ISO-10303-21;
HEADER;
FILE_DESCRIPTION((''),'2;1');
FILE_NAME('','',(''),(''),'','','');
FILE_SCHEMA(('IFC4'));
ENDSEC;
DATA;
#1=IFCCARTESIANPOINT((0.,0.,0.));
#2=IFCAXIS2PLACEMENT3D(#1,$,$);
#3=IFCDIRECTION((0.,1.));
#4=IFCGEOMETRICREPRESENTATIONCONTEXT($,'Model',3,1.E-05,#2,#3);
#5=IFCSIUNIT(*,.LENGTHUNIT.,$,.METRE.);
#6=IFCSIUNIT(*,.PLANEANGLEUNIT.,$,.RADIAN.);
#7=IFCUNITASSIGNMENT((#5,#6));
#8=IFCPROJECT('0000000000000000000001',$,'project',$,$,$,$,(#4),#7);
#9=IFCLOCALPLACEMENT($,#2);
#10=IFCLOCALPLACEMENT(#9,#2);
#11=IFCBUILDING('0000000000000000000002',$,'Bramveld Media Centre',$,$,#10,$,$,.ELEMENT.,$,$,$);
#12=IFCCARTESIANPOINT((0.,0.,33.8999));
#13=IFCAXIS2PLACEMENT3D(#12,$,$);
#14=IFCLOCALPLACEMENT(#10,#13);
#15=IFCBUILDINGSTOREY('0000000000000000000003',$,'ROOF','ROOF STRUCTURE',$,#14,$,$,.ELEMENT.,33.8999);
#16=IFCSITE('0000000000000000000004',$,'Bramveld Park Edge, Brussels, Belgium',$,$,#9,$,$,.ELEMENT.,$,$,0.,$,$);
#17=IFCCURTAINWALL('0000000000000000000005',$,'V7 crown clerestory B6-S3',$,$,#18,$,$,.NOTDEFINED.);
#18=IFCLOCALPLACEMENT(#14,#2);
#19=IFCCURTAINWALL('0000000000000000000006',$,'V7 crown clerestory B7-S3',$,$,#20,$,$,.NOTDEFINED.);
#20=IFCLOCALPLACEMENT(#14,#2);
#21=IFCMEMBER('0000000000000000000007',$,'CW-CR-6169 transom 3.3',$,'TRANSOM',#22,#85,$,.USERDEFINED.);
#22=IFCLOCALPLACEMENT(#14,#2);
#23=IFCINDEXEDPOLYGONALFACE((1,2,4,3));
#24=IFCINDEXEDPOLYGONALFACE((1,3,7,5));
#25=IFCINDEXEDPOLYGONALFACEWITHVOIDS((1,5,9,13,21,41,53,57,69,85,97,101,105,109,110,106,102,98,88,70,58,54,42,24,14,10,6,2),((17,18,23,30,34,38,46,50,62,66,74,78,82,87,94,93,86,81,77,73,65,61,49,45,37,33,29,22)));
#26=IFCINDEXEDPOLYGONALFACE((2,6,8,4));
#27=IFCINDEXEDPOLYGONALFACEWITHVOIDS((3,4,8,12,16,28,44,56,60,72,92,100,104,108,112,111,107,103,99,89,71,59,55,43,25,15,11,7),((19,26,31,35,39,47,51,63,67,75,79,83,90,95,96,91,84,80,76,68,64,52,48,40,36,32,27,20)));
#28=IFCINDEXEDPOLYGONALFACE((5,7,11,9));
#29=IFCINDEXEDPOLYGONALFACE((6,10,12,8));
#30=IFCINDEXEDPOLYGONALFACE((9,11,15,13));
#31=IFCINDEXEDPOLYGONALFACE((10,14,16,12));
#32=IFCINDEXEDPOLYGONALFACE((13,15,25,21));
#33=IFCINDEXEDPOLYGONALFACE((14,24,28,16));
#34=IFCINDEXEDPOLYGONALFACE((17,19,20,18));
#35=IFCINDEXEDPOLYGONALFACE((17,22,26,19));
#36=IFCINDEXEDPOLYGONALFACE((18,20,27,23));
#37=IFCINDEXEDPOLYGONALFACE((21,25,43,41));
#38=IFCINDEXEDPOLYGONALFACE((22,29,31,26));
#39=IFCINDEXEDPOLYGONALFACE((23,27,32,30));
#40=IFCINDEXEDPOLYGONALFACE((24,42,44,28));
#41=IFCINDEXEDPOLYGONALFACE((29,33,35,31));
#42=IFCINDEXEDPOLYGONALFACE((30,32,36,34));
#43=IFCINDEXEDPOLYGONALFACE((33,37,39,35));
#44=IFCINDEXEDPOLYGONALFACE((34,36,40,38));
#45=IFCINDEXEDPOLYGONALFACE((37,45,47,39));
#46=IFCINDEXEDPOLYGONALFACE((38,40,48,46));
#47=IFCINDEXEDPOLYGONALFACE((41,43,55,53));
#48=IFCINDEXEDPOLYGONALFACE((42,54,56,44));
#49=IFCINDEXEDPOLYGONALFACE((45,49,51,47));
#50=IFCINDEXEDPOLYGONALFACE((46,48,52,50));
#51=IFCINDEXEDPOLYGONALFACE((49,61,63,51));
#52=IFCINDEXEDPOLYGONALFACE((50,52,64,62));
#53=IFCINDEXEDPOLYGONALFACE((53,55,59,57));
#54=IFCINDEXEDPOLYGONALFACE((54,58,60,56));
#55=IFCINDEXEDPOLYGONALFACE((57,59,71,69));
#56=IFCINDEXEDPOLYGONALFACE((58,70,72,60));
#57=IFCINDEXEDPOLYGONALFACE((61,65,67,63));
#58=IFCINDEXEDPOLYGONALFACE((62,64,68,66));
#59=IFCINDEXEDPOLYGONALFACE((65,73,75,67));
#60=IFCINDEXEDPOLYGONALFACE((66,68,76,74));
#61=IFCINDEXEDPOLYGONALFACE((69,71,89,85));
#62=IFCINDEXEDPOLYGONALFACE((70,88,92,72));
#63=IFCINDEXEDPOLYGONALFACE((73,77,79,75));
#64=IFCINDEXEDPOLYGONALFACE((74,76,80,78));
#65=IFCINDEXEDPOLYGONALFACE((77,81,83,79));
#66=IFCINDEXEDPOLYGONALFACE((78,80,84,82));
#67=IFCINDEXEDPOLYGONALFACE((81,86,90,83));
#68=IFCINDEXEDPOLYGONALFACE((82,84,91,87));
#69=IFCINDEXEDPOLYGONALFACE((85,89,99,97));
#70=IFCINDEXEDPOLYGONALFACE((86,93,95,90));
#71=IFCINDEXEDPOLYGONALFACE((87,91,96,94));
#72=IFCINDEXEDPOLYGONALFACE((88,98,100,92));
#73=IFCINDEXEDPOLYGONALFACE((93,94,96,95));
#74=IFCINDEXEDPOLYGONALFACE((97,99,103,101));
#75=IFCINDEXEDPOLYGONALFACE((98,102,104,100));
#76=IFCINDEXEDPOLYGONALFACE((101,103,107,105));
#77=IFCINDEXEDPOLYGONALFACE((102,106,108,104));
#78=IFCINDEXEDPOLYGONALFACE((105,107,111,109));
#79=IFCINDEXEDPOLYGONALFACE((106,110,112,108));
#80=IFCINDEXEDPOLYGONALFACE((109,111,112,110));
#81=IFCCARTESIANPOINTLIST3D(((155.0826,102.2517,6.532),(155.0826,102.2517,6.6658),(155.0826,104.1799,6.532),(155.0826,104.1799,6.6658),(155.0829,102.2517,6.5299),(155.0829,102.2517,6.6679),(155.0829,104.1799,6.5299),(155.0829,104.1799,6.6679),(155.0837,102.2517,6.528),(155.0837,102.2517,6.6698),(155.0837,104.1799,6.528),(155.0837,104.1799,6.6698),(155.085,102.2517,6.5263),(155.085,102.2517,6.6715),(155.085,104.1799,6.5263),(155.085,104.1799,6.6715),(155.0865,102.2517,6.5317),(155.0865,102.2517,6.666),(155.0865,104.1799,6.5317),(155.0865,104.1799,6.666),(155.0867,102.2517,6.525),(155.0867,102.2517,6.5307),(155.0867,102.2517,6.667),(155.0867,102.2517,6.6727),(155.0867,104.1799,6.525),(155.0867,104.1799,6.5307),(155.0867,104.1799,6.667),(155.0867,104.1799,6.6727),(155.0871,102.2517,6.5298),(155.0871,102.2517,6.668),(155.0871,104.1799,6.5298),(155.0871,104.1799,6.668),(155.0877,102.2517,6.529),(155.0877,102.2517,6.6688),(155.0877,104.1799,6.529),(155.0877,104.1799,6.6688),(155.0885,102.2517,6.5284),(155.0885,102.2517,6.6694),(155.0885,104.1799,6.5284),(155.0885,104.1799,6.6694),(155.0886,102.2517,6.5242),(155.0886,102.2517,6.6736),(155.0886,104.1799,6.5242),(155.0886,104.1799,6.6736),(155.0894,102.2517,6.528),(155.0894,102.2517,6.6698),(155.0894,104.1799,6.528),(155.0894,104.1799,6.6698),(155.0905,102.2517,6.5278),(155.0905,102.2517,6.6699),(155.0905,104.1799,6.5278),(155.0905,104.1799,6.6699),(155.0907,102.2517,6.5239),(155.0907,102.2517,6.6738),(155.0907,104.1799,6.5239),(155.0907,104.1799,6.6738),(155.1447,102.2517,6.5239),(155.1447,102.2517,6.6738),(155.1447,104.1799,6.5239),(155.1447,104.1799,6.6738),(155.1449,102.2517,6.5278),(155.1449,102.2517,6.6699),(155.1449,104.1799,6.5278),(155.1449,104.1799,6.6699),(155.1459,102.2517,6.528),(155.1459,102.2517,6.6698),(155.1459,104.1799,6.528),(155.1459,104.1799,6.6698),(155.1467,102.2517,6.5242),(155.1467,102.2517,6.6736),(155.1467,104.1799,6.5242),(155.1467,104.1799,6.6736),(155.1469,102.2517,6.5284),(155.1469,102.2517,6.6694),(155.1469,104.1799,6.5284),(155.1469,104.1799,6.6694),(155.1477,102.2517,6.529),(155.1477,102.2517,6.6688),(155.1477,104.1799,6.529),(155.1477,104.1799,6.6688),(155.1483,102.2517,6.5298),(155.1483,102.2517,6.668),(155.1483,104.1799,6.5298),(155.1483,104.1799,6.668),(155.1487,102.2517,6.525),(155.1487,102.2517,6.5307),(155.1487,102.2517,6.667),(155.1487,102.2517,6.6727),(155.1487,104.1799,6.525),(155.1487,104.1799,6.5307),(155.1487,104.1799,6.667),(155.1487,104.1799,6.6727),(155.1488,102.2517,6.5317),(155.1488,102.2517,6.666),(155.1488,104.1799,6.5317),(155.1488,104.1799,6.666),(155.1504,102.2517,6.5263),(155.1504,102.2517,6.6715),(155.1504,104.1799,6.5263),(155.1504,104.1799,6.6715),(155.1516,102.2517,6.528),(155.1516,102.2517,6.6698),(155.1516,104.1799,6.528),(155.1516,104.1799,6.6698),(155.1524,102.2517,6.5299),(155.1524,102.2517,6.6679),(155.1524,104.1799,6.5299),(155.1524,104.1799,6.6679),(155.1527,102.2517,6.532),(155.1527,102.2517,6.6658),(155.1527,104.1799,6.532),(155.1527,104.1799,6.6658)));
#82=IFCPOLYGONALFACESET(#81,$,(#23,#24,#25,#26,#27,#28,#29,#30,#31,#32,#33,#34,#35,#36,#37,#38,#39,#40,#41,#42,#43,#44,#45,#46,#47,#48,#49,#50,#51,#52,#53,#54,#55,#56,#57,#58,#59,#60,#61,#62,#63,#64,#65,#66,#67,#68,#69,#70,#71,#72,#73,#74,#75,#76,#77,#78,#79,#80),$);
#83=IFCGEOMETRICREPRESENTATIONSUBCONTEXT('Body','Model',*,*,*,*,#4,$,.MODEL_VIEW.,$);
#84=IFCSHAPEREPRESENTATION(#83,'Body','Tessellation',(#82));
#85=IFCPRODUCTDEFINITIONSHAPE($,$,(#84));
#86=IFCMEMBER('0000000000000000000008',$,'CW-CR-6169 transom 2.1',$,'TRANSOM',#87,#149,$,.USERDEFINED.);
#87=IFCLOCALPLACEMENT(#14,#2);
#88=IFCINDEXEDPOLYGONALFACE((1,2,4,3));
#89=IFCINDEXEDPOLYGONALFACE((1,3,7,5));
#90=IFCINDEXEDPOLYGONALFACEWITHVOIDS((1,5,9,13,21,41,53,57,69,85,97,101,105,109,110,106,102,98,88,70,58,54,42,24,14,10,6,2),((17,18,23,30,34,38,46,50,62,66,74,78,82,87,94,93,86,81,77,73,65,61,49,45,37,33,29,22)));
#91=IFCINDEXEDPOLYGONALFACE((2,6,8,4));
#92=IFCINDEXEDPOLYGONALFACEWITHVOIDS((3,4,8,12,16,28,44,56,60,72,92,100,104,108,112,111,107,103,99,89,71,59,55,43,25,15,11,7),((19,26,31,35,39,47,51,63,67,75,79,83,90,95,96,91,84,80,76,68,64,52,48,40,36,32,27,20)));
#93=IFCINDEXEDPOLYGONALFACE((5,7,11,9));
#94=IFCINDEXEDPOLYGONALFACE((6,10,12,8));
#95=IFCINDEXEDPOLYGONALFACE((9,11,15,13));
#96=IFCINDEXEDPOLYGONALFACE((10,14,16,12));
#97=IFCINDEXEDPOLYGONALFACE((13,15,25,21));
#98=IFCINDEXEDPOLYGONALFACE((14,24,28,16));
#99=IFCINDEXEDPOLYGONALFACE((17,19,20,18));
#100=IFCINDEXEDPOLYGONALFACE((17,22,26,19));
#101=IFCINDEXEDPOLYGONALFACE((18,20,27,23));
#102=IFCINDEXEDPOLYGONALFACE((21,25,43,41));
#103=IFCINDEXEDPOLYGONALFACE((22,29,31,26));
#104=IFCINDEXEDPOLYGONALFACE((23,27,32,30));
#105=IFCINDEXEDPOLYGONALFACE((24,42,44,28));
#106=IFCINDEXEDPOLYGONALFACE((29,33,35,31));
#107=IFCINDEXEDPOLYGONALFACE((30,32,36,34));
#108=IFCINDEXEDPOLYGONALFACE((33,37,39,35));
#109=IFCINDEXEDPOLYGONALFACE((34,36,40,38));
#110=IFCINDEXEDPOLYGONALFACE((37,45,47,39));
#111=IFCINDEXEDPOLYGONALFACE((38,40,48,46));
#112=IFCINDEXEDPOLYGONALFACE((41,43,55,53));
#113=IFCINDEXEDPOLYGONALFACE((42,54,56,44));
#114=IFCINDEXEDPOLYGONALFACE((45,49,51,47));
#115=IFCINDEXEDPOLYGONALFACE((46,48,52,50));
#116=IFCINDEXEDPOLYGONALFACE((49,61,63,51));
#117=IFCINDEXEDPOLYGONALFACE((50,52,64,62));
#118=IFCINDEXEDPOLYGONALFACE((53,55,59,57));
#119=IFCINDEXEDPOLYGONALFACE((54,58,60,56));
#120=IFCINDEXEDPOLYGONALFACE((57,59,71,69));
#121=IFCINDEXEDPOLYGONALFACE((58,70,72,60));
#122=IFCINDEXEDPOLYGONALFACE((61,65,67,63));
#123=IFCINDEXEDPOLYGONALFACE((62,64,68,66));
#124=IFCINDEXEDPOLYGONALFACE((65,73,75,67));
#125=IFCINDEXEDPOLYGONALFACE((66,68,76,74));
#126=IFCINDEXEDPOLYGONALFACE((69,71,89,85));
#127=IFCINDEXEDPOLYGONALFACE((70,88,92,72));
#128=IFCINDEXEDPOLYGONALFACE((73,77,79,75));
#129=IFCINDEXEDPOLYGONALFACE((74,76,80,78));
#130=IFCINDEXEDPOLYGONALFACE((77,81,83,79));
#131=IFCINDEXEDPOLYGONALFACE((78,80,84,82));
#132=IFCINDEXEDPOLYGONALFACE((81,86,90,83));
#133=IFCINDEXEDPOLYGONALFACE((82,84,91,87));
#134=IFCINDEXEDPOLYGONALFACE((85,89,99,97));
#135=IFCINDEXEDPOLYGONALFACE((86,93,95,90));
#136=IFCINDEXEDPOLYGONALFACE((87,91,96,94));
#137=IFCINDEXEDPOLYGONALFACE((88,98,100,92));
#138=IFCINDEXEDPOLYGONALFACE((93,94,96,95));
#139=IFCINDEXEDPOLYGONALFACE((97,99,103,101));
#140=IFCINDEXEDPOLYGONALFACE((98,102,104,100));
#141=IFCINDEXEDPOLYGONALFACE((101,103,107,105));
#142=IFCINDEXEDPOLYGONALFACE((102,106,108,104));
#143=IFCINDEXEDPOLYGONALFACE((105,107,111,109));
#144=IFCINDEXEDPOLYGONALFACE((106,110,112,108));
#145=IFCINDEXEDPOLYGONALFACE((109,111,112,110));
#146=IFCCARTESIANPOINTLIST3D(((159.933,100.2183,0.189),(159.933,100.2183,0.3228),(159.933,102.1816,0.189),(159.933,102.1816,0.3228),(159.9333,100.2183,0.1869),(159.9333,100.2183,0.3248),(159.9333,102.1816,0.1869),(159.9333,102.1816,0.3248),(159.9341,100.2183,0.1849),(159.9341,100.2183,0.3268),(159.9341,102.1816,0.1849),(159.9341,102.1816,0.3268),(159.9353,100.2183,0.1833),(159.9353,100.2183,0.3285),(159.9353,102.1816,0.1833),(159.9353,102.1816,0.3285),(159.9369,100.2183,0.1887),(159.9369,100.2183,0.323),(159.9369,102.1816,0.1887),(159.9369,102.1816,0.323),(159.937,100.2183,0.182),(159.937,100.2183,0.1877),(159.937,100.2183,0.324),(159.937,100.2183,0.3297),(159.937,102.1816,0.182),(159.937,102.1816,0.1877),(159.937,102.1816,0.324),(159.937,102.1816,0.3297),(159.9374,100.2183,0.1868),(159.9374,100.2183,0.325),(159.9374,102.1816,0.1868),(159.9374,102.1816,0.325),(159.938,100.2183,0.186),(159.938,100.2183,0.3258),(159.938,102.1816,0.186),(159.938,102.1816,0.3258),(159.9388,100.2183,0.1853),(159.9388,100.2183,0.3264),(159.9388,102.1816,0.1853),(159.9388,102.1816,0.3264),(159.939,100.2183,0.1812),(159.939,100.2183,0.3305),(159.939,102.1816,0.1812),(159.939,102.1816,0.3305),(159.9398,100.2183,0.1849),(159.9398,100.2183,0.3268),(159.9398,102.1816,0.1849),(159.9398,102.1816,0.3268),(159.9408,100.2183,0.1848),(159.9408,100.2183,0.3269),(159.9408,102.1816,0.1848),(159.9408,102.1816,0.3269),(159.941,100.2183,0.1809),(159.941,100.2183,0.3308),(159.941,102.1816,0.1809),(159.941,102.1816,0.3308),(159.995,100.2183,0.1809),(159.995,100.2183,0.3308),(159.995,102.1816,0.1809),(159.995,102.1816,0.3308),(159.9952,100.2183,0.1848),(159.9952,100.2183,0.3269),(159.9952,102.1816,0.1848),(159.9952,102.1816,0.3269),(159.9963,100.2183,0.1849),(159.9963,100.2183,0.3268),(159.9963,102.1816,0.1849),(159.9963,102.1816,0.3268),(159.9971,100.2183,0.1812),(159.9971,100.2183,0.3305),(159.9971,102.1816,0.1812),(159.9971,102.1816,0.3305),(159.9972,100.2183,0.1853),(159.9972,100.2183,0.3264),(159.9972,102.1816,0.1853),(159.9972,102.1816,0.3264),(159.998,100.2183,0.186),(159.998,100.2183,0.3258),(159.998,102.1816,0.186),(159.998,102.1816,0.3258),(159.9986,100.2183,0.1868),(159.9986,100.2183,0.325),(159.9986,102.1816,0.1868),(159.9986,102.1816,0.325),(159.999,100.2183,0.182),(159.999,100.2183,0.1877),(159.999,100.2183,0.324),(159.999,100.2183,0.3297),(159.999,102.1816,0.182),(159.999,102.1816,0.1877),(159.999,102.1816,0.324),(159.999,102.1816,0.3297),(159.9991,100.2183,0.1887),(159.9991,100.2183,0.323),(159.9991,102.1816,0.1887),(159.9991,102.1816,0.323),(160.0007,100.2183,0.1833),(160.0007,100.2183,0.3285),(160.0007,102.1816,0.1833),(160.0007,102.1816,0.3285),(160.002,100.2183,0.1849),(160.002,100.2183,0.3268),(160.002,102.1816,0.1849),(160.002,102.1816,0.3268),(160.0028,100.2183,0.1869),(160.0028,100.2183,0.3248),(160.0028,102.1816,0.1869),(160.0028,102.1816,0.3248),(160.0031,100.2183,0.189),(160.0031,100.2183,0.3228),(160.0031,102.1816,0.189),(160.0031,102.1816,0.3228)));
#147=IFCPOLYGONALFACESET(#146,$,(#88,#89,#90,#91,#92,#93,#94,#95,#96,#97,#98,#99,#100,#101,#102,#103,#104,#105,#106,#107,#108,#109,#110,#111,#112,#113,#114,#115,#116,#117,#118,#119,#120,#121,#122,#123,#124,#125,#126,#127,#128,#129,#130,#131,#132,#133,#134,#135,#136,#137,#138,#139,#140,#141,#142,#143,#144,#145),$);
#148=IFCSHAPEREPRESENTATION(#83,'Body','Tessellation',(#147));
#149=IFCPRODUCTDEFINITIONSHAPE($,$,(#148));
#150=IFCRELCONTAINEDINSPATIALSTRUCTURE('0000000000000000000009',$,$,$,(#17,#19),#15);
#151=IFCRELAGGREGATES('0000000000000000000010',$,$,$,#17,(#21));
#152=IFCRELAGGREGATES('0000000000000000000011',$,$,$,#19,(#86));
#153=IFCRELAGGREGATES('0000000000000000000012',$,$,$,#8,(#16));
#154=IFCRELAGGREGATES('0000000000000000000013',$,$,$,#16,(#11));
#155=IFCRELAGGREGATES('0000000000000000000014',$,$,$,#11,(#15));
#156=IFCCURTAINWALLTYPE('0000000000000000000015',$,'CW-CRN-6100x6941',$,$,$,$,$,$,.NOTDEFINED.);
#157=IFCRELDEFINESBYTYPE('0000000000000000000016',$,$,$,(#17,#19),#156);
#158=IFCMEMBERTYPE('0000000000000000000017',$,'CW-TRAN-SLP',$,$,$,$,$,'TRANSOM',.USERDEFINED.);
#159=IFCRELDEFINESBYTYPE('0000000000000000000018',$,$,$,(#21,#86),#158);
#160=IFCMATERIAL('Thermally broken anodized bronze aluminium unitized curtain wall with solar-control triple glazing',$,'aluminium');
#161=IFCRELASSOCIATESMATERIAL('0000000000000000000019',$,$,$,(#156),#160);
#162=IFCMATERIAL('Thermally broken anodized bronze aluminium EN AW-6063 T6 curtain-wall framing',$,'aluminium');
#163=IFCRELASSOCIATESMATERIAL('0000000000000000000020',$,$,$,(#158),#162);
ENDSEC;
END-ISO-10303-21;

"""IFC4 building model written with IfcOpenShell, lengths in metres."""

from ifc_helpers import new_model, si_unit, direction, frame, origin, origin_2d, place, context, subcontext, project, spatial, hollow_rectangle, extrude, material, material_profile, profile_set, type_object, element, aggregate, save


model = new_model("IFC4")

# Units and contexts
model_context = context("Model", 3, precision=1e-05, world=origin(), true_north=direction((0.0, 1.0)))
body_context = subcontext(model_context, "Body", "Model", "MODEL_VIEW")
ifc_project = project(units=[si_unit("LENGTHUNIT", "METRE"), si_unit("PLANEANGLEUNIT", "RADIAN")], contexts=[model_context])

# Site, building, storey
site_placement = place(None, origin())
site = spatial("IfcSite", under=ifc_project, at=site_placement, Name="Bramveld Park Edge, Brussels, Belgium", CompositionType="ELEMENT", RefElevation=0.0)
building_placement = place(site_placement, origin())
building = spatial("IfcBuilding", under=site, at=building_placement, Name="Bramveld Media Centre", CompositionType="ELEMENT")
storey_placement = place(building_placement, frame((0.0, 0.0, 33.8999)))
storey = spatial("IfcBuildingStorey", under=building, at=storey_placement, Name="ROOF", Description="ROOF STRUCTURE", CompositionType="ELEMENT", Elevation=33.8999)

# Curtain walls
ifc_material_1 = material(Name="Thermally broken anodized bronze aluminium unitized curtain wall with solar-control triple glazing", Category="aluminium")
curtain_wall_type = type_object("IfcCurtainWallType", Name="CW-CRN-6100x6941", PredefinedType="NOTDEFINED", material=ifc_material_1)
curtain_wall_1_placement = place(storey_placement, origin())
curtain_wall_1 = element("IfcCurtainWall", 1, at=curtain_wall_1_placement, inside=storey, type_object=curtain_wall_type, Name="V7 crown clerestory B6-S3", PredefinedType="NOTDEFINED")
curtain_wall_2_placement = place(storey_placement, origin())
curtain_wall_2 = element("IfcCurtainWall", 2, at=curtain_wall_2_placement, inside=storey, type_object=curtain_wall_type, Name="V7 crown clerestory B7-S3", PredefinedType="NOTDEFINED")

# Members
ifc_material_2 = material(Name="Thermally broken anodized bronze aluminium EN AW-6063 T6 curtain-wall framing", Category="aluminium")
ifc_material_profile_1 = material_profile(ifc_material_2, hollow_rectangle(XDim=0.0701, YDim=0.1499, WallThickness=0.0039, InnerFilletRadius=0.0039, OuterFilletRadius=0.0081, at=origin_2d()), Name="AL-TRAN 70x150")
ifc_profile_set_1 = profile_set([ifc_material_profile_1], Name="Thermally broken anodized bronze aluminium EN AW-6063 T6 curtain-wall framing")
member_type_1 = type_object("IfcMemberType", Name="CW-TRAN-SLP", ElementType="TRANSOM", PredefinedType="USERDEFINED", material=ifc_profile_set_1)
member_1_placement = place(storey_placement, frame((155.1177, 102.2517, 6.5989), z_axis=(0.0, 1.0, 0.0), x_axis=(-1.0, 0.0, 0.0)))
member_1 = element("IfcMember", 3, at=member_1_placement, type_object=member_type_1, Name="CW-CR-6169 transom 3.3", ObjectType="TRANSOM", PredefinedType="USERDEFINED", context=body_context, shape_type="SweptSolid", body=[
    extrude(hollow_rectangle(XDim=0.0701, YDim=0.1499, WallThickness=0.0039, InnerFilletRadius=0.0039, OuterFilletRadius=0.0081, at=origin_2d()), origin(), (0.0, 0.0, 1.0), 1.9282),
])
member_2_placement = place(storey_placement, frame((159.968, 100.2183, 0.2559), z_axis=(0.0, 1.0, 0.0), x_axis=(-1.0, 0.0, 0.0)))
member_2 = element("IfcMember", 4, at=member_2_placement, type_object=member_type_1, Name="CW-CR-6169 transom 2.1", ObjectType="TRANSOM", PredefinedType="USERDEFINED", context=body_context, shape_type="SweptSolid", body=[
    extrude(hollow_rectangle(XDim=0.0701, YDim=0.1499, WallThickness=0.0039, InnerFilletRadius=0.0039, OuterFilletRadius=0.0081, at=origin_2d()), origin(), (0.0, 0.0, 1.0), 1.9634),
])

aggregate(curtain_wall_1, [member_1])
aggregate(curtain_wall_2, [member_2])

save(model, "model.ifc")
